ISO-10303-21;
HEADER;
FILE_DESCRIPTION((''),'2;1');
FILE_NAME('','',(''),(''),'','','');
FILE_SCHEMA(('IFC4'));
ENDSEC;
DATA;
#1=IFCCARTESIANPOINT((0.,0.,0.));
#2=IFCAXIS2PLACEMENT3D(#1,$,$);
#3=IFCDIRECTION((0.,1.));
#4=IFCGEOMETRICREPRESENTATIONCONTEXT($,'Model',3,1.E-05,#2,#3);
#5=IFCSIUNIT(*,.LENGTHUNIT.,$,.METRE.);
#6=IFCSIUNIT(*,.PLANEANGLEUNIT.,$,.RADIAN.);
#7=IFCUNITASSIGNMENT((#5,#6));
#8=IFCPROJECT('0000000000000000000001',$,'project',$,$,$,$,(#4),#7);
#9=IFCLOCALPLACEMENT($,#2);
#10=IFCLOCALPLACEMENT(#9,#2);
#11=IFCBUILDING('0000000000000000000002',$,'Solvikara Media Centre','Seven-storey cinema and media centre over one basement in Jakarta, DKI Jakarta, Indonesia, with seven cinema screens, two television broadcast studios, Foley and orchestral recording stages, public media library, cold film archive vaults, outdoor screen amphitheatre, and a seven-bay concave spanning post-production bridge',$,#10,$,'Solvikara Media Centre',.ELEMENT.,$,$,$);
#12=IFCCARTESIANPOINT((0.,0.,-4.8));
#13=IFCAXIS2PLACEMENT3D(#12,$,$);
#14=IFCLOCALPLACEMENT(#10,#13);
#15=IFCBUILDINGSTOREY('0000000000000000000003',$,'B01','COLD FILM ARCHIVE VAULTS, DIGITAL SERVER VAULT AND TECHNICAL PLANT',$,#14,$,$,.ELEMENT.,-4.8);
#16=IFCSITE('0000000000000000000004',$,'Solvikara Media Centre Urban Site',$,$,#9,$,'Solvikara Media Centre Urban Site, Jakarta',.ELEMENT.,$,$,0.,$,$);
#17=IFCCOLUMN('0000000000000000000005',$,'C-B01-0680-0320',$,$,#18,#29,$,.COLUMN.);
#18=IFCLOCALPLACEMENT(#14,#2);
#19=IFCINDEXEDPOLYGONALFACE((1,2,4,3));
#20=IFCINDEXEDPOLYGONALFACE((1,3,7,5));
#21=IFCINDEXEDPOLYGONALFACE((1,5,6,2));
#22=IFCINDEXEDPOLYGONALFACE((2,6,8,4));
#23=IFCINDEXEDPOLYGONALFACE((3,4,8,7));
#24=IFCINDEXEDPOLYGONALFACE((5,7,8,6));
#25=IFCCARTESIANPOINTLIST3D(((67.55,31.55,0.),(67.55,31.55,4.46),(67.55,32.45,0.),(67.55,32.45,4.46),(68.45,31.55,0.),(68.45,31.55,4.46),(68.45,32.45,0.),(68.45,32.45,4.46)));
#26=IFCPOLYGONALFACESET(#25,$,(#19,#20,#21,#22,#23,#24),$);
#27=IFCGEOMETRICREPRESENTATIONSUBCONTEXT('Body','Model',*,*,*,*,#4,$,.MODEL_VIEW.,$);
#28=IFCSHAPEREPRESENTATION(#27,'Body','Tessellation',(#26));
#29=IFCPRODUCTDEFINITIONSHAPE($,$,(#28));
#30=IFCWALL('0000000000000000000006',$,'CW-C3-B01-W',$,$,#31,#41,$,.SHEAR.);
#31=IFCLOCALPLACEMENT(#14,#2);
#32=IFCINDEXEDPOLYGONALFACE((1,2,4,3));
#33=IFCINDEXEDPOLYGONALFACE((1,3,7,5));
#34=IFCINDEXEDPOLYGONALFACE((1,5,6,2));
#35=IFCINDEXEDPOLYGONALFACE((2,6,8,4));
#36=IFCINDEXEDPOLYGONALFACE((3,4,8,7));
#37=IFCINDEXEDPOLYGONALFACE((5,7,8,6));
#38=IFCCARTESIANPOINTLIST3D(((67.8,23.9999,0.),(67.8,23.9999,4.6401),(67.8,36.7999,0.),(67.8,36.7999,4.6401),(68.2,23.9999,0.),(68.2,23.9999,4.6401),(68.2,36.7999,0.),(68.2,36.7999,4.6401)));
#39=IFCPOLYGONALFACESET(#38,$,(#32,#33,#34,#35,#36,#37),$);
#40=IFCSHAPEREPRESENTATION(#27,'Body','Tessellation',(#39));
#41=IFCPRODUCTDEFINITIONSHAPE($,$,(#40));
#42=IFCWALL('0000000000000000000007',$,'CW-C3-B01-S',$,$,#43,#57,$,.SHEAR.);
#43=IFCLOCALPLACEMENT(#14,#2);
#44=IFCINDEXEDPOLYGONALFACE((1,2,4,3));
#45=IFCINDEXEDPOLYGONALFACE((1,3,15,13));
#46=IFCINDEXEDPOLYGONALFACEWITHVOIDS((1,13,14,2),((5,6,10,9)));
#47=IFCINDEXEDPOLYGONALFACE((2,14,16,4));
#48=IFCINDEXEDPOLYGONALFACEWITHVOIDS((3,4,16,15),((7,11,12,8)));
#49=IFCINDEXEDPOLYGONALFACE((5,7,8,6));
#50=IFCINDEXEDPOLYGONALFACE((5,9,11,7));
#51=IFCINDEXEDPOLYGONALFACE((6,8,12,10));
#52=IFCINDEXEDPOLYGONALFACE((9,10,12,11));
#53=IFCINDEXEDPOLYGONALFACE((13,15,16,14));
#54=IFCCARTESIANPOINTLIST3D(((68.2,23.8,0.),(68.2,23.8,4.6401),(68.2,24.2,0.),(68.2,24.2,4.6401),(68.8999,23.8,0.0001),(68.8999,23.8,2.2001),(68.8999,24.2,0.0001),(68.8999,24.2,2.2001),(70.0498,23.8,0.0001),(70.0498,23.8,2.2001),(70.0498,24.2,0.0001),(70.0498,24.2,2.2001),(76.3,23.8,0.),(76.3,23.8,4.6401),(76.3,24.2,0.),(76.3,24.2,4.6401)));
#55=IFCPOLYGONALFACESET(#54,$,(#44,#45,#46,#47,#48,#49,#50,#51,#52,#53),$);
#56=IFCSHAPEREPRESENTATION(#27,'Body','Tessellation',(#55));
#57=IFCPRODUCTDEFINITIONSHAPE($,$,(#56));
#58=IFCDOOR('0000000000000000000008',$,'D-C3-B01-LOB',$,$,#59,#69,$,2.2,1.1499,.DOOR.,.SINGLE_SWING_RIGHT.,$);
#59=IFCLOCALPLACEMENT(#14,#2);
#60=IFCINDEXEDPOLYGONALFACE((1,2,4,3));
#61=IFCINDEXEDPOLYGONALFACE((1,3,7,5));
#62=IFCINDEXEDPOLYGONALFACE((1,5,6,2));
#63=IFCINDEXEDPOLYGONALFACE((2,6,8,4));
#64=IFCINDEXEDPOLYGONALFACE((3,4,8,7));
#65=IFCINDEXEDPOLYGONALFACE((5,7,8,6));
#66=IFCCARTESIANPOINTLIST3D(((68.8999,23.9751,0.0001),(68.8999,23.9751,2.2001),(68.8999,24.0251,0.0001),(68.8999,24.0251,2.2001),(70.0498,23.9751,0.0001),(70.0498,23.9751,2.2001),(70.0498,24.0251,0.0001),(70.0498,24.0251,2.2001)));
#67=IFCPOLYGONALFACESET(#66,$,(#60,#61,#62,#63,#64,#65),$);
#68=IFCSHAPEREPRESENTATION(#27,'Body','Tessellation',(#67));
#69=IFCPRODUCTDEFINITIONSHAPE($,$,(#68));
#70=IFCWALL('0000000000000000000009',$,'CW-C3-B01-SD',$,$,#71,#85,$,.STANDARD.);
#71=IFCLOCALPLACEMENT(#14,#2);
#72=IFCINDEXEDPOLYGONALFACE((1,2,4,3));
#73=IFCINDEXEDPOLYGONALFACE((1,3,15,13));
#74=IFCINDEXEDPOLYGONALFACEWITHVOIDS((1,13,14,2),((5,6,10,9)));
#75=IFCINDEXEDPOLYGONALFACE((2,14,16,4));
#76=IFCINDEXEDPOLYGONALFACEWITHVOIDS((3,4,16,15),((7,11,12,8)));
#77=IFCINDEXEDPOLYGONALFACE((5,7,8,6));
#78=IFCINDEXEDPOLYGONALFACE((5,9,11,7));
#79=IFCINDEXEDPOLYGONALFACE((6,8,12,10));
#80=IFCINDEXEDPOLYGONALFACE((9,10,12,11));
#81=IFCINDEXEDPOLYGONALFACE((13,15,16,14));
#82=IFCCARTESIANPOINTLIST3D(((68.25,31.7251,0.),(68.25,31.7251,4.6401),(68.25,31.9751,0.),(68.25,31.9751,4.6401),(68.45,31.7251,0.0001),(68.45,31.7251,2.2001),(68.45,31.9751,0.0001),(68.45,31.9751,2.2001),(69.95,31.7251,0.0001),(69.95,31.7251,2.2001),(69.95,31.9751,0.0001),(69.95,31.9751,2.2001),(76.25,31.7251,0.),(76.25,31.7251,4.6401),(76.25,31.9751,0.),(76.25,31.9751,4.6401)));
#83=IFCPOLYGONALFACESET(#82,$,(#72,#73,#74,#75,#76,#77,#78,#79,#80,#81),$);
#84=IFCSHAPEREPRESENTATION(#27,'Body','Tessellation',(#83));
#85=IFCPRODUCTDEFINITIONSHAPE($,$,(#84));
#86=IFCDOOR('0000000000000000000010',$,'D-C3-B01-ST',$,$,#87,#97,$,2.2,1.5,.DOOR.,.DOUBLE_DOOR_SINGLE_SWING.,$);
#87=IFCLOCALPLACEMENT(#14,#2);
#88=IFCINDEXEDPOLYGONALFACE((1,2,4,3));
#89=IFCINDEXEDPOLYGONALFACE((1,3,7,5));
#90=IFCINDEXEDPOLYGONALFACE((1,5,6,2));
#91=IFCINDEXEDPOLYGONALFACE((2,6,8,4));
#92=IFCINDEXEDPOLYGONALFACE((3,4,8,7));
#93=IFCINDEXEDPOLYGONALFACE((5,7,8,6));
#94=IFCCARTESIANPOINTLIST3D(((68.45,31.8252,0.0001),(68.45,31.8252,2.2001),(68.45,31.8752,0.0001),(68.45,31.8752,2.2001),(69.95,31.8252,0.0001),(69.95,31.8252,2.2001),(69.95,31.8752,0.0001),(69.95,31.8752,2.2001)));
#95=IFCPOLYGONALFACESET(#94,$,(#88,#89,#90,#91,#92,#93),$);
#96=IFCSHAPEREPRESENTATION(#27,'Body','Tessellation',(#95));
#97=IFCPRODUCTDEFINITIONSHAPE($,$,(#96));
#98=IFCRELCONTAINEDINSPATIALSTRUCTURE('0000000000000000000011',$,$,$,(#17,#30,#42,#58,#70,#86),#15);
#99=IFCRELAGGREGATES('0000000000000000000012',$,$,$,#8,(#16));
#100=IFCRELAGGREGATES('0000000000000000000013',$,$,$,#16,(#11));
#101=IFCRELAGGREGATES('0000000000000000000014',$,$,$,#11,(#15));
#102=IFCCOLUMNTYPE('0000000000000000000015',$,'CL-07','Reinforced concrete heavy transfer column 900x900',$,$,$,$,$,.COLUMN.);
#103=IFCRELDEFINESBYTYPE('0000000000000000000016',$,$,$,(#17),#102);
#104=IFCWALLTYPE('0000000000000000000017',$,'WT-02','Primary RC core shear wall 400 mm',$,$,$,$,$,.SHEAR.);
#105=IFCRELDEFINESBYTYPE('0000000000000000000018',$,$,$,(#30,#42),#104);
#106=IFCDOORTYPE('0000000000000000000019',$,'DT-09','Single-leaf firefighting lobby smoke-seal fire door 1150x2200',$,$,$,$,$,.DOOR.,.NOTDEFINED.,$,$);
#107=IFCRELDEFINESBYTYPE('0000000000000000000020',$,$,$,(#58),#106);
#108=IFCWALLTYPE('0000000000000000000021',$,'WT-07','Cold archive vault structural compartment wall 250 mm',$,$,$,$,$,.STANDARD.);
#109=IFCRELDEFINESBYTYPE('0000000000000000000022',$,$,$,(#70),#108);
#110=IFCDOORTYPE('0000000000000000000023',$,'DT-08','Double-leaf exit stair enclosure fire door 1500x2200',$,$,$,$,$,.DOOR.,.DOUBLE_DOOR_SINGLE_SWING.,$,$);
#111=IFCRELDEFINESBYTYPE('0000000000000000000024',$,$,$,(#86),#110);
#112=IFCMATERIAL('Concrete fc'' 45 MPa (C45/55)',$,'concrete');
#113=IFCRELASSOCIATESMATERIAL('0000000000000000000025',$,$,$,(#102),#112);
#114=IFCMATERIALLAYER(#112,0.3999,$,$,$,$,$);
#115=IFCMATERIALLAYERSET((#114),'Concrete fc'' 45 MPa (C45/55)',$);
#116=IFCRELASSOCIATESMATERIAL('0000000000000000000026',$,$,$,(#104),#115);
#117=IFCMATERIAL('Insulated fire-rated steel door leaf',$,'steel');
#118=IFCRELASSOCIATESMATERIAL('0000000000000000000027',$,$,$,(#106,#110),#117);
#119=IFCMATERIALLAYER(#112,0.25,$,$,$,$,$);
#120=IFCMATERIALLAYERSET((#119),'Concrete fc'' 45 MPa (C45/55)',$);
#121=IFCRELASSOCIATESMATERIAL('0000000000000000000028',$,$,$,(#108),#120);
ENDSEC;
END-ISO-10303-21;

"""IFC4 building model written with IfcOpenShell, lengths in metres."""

from ifc_helpers import new_model, si_unit, direction, frame, frame_2d, origin, origin_2d, place, context, subcontext, project, spatial, rectangle, extrude, material, layer, layer_set, material_profile, profile_set, type_object, element, fill, save


model = new_model("IFC4")

# Units and contexts
model_context = context("Model", 3, precision=1e-05, world=origin(), true_north=direction((0.0, 1.0)))
body_context = subcontext(model_context, "Body", "Model", "MODEL_VIEW")
ifc_project = project(units=[si_unit("LENGTHUNIT", "METRE"), si_unit("PLANEANGLEUNIT", "RADIAN")], contexts=[model_context])

# Site, building, storey
site_placement = place(None, origin())
site = spatial("IfcSite", under=ifc_project, at=site_placement, Name="Solvikara Media Centre Urban Site", LongName="Solvikara Media Centre Urban Site, Jakarta", CompositionType="ELEMENT", RefElevation=0.0)
building_placement = place(site_placement, origin())
building = spatial("IfcBuilding", under=site, at=building_placement, Name="Solvikara Media Centre", Description="Seven-storey cinema and media centre over one basement in Jakarta, DKI Jakarta, Indonesia, with seven cinema screens, two television broadcast studios, Foley and orchestral recording stages, public media library, cold film archive vaults, outdoor screen amphitheatre, and a seven-bay concave spanning post-production bridge", LongName="Solvikara Media Centre", CompositionType="ELEMENT")
storey_placement = place(building_placement, frame((0.0, 0.0, -4.8)))
storey = spatial("IfcBuildingStorey", under=building, at=storey_placement, Name="B01", Description="COLD FILM ARCHIVE VAULTS, DIGITAL SERVER VAULT AND TECHNICAL PLANT", CompositionType="ELEMENT", Elevation=-4.8)

# Column
ifc_material_1 = material(Name="Concrete fc' 45 MPa (C45/55)", Category="concrete")
ifc_material_profile_1 = material_profile(ifc_material_1, rectangle(XDim=0.8999, YDim=0.8999, at=origin_2d()), Name="RC 900x900")
ifc_profile_set_1 = profile_set([ifc_material_profile_1], Name="Concrete fc' 45 MPa (C45/55)")
column_type = type_object("IfcColumnType", Name="CL-07", Description="Reinforced concrete heavy transfer column 900x900", PredefinedType="COLUMN", material=ifc_profile_set_1)
for number, where, z_axis, x_axis, name in (
    (1, (68.0, 32.0, 0.0), (0.0, 0.0, 1.0), (1.0, 0.0, 0.0), "C-B01-0680-0320"),
):
    element("IfcColumn", number, at=place(storey_placement, frame(where, z_axis=z_axis, x_axis=x_axis)), inside=storey, type_object=column_type, Name=name, PredefinedType="COLUMN", context=body_context, shape_type="SweptSolid", body=[
        extrude(rectangle(XDim=0.8999, YDim=0.8999, at=origin_2d()), origin(), (0.0, 0.0, 1.0), 4.46),
    ])

# Wall
ifc_layer_1 = layer(ifc_material_1, 0.3999)
ifc_layer_set_1 = layer_set([ifc_layer_1], Name="Concrete fc' 45 MPa (C45/55)")
wall_type_1 = type_object("IfcWallType", Name="WT-02", Description="Primary RC core shear wall 400 mm", PredefinedType="SHEAR", material=ifc_layer_set_1)
wall_1_placement = place(storey_placement, frame((68.0, 24.0, 0.0), z_axis=(0.0, 0.0, 1.0), x_axis=(0.0, 1.0, 0.0)))
element("IfcWall", 2, at=wall_1_placement, inside=storey, type_object=wall_type_1, Name="CW-C3-B01-W", PredefinedType="SHEAR", context=body_context, shape_type="SweptSolid", body=[
    extrude(rectangle(XDim=12.8, YDim=0.3999, at=frame_2d((6.3999, 0.0))), origin(), (0.0, 0.0, 1.0), 4.6401),
])

# Walls, openings, doors
wall_2_placement = place(storey_placement, frame((68.2, 24.0, 0.0), z_axis=(0.0, 0.0, 1.0), x_axis=(1.0, 0.0, 0.0)))
wall_2 = element("IfcWall", 3, at=wall_2_placement, inside=storey, type_object=wall_type_1, Name="CW-C3-B01-S", PredefinedType="SHEAR", context=body_context, shape_type="SweptSolid", body=[
    extrude(rectangle(XDim=8.1001, YDim=0.3999, at=frame_2d((4.05, 0.0))), origin(), (0.0, 0.0, 1.0), 4.6401),
])
opening_1_placement = place(wall_2_placement, frame((0.7, 0.0, 0.0)))
opening_1 = element("IfcOpeningElement", 4, at=opening_1_placement, cuts=wall_2, PredefinedType="OPENING", context=body_context, shape_type="SweptSolid", body=[
    extrude(rectangle(XDim=1.1499, YDim=2.2, at=frame_2d((0.575, 1.1001))), frame((0.0, 0.2119, 0.0), z_axis=(0.0, -1.0, 0.0), x_axis=(1.0, 0.0, 0.0)), (0.0, 0.0, 1.0), 0.4238),
])
ifc_material_2 = material(Name="Insulated fire-rated steel door leaf", Category="steel")
door_type_1 = type_object("IfcDoorType", Name="DT-09", Description="Single-leaf firefighting lobby smoke-seal fire door 1150x2200", OperationType="NOTDEFINED", PredefinedType="DOOR", material=ifc_material_2)
door_1_placement = place(opening_1_placement, frame((1.1499, 0.0, 0.0), z_axis=(0.0, 0.0, 1.0), x_axis=(-1.0, 0.0, 0.0)))
door_1 = element("IfcDoor", 5, at=door_1_placement, inside=storey, type_object=door_type_1, Name="D-C3-B01-LOB", OperationType="SINGLE_SWING_RIGHT", OverallHeight=2.2, OverallWidth=1.1499, PredefinedType="DOOR", context=body_context, shape_type="SweptSolid", body=[
    extrude(rectangle(XDim=1.1499, YDim=2.2, at=frame_2d((0.575, 1.1001))), frame((0.0, 0.0249, 0.0), z_axis=(0.0, -1.0, 0.0), x_axis=(1.0, 0.0, 0.0)), (0.0, 0.0, 1.0), 0.05),
])
fill(opening_1, door_1)
ifc_layer_2 = layer(ifc_material_1, 0.25)
ifc_layer_set_2 = layer_set([ifc_layer_2], Name="Concrete fc' 45 MPa (C45/55)")
wall_type_2 = type_object("IfcWallType", Name="WT-07", Description="Cold archive vault structural compartment wall 250 mm", PredefinedType="STANDARD", material=ifc_layer_set_2)
wall_3_placement = place(storey_placement, frame((68.25, 31.8501, 0.0), z_axis=(0.0, 0.0, 1.0), x_axis=(1.0, 0.0, 0.0)))
wall_3 = element("IfcWall", 6, at=wall_3_placement, inside=storey, type_object=wall_type_2, Name="CW-C3-B01-SD", PredefinedType="STANDARD", context=body_context, shape_type="SweptSolid", body=[
    extrude(rectangle(XDim=8.0, YDim=0.25, at=frame_2d((4.0, 0.0))), origin(), (0.0, 0.0, 1.0), 4.6401),
])
opening_2_placement = place(wall_3_placement, frame((0.2, 0.0, 0.0)))
opening_2 = element("IfcOpeningElement", 7, at=opening_2_placement, cuts=wall_3, PredefinedType="OPENING", context=body_context, shape_type="SweptSolid", body=[
    extrude(rectangle(XDim=1.5, YDim=2.2, at=frame_2d((0.75, 1.1001))), frame((0.0, 0.137, 0.0), z_axis=(0.0, -1.0, 0.0), x_axis=(1.0, 0.0, 0.0)), (0.0, 0.0, 1.0), 0.2739),
])
door_type_2 = type_object("IfcDoorType", Name="DT-08", Description="Double-leaf exit stair enclosure fire door 1500x2200", OperationType="DOUBLE_DOOR_SINGLE_SWING", PredefinedType="DOOR", material=ifc_material_2)
door_2_placement = place(opening_2_placement, frame((1.5, 0.0, 0.0), z_axis=(0.0, 0.0, 1.0), x_axis=(-1.0, 0.0, 0.0)))
door_2 = element("IfcDoor", 8, at=door_2_placement, inside=storey, type_object=door_type_2, Name="D-C3-B01-ST", OperationType="DOUBLE_DOOR_SINGLE_SWING", OverallHeight=2.2, OverallWidth=1.5, PredefinedType="DOOR", context=body_context, shape_type="SweptSolid", body=[
    extrude(rectangle(XDim=1.5, YDim=2.2, at=frame_2d((0.75, 1.1001))), frame((0.0, 0.0249, 0.0), z_axis=(0.0, -1.0, 0.0), x_axis=(1.0, 0.0, 0.0)), (0.0, 0.0, 1.0), 0.05),
])
fill(opening_2, door_2)

save(model, "model.ifc")
